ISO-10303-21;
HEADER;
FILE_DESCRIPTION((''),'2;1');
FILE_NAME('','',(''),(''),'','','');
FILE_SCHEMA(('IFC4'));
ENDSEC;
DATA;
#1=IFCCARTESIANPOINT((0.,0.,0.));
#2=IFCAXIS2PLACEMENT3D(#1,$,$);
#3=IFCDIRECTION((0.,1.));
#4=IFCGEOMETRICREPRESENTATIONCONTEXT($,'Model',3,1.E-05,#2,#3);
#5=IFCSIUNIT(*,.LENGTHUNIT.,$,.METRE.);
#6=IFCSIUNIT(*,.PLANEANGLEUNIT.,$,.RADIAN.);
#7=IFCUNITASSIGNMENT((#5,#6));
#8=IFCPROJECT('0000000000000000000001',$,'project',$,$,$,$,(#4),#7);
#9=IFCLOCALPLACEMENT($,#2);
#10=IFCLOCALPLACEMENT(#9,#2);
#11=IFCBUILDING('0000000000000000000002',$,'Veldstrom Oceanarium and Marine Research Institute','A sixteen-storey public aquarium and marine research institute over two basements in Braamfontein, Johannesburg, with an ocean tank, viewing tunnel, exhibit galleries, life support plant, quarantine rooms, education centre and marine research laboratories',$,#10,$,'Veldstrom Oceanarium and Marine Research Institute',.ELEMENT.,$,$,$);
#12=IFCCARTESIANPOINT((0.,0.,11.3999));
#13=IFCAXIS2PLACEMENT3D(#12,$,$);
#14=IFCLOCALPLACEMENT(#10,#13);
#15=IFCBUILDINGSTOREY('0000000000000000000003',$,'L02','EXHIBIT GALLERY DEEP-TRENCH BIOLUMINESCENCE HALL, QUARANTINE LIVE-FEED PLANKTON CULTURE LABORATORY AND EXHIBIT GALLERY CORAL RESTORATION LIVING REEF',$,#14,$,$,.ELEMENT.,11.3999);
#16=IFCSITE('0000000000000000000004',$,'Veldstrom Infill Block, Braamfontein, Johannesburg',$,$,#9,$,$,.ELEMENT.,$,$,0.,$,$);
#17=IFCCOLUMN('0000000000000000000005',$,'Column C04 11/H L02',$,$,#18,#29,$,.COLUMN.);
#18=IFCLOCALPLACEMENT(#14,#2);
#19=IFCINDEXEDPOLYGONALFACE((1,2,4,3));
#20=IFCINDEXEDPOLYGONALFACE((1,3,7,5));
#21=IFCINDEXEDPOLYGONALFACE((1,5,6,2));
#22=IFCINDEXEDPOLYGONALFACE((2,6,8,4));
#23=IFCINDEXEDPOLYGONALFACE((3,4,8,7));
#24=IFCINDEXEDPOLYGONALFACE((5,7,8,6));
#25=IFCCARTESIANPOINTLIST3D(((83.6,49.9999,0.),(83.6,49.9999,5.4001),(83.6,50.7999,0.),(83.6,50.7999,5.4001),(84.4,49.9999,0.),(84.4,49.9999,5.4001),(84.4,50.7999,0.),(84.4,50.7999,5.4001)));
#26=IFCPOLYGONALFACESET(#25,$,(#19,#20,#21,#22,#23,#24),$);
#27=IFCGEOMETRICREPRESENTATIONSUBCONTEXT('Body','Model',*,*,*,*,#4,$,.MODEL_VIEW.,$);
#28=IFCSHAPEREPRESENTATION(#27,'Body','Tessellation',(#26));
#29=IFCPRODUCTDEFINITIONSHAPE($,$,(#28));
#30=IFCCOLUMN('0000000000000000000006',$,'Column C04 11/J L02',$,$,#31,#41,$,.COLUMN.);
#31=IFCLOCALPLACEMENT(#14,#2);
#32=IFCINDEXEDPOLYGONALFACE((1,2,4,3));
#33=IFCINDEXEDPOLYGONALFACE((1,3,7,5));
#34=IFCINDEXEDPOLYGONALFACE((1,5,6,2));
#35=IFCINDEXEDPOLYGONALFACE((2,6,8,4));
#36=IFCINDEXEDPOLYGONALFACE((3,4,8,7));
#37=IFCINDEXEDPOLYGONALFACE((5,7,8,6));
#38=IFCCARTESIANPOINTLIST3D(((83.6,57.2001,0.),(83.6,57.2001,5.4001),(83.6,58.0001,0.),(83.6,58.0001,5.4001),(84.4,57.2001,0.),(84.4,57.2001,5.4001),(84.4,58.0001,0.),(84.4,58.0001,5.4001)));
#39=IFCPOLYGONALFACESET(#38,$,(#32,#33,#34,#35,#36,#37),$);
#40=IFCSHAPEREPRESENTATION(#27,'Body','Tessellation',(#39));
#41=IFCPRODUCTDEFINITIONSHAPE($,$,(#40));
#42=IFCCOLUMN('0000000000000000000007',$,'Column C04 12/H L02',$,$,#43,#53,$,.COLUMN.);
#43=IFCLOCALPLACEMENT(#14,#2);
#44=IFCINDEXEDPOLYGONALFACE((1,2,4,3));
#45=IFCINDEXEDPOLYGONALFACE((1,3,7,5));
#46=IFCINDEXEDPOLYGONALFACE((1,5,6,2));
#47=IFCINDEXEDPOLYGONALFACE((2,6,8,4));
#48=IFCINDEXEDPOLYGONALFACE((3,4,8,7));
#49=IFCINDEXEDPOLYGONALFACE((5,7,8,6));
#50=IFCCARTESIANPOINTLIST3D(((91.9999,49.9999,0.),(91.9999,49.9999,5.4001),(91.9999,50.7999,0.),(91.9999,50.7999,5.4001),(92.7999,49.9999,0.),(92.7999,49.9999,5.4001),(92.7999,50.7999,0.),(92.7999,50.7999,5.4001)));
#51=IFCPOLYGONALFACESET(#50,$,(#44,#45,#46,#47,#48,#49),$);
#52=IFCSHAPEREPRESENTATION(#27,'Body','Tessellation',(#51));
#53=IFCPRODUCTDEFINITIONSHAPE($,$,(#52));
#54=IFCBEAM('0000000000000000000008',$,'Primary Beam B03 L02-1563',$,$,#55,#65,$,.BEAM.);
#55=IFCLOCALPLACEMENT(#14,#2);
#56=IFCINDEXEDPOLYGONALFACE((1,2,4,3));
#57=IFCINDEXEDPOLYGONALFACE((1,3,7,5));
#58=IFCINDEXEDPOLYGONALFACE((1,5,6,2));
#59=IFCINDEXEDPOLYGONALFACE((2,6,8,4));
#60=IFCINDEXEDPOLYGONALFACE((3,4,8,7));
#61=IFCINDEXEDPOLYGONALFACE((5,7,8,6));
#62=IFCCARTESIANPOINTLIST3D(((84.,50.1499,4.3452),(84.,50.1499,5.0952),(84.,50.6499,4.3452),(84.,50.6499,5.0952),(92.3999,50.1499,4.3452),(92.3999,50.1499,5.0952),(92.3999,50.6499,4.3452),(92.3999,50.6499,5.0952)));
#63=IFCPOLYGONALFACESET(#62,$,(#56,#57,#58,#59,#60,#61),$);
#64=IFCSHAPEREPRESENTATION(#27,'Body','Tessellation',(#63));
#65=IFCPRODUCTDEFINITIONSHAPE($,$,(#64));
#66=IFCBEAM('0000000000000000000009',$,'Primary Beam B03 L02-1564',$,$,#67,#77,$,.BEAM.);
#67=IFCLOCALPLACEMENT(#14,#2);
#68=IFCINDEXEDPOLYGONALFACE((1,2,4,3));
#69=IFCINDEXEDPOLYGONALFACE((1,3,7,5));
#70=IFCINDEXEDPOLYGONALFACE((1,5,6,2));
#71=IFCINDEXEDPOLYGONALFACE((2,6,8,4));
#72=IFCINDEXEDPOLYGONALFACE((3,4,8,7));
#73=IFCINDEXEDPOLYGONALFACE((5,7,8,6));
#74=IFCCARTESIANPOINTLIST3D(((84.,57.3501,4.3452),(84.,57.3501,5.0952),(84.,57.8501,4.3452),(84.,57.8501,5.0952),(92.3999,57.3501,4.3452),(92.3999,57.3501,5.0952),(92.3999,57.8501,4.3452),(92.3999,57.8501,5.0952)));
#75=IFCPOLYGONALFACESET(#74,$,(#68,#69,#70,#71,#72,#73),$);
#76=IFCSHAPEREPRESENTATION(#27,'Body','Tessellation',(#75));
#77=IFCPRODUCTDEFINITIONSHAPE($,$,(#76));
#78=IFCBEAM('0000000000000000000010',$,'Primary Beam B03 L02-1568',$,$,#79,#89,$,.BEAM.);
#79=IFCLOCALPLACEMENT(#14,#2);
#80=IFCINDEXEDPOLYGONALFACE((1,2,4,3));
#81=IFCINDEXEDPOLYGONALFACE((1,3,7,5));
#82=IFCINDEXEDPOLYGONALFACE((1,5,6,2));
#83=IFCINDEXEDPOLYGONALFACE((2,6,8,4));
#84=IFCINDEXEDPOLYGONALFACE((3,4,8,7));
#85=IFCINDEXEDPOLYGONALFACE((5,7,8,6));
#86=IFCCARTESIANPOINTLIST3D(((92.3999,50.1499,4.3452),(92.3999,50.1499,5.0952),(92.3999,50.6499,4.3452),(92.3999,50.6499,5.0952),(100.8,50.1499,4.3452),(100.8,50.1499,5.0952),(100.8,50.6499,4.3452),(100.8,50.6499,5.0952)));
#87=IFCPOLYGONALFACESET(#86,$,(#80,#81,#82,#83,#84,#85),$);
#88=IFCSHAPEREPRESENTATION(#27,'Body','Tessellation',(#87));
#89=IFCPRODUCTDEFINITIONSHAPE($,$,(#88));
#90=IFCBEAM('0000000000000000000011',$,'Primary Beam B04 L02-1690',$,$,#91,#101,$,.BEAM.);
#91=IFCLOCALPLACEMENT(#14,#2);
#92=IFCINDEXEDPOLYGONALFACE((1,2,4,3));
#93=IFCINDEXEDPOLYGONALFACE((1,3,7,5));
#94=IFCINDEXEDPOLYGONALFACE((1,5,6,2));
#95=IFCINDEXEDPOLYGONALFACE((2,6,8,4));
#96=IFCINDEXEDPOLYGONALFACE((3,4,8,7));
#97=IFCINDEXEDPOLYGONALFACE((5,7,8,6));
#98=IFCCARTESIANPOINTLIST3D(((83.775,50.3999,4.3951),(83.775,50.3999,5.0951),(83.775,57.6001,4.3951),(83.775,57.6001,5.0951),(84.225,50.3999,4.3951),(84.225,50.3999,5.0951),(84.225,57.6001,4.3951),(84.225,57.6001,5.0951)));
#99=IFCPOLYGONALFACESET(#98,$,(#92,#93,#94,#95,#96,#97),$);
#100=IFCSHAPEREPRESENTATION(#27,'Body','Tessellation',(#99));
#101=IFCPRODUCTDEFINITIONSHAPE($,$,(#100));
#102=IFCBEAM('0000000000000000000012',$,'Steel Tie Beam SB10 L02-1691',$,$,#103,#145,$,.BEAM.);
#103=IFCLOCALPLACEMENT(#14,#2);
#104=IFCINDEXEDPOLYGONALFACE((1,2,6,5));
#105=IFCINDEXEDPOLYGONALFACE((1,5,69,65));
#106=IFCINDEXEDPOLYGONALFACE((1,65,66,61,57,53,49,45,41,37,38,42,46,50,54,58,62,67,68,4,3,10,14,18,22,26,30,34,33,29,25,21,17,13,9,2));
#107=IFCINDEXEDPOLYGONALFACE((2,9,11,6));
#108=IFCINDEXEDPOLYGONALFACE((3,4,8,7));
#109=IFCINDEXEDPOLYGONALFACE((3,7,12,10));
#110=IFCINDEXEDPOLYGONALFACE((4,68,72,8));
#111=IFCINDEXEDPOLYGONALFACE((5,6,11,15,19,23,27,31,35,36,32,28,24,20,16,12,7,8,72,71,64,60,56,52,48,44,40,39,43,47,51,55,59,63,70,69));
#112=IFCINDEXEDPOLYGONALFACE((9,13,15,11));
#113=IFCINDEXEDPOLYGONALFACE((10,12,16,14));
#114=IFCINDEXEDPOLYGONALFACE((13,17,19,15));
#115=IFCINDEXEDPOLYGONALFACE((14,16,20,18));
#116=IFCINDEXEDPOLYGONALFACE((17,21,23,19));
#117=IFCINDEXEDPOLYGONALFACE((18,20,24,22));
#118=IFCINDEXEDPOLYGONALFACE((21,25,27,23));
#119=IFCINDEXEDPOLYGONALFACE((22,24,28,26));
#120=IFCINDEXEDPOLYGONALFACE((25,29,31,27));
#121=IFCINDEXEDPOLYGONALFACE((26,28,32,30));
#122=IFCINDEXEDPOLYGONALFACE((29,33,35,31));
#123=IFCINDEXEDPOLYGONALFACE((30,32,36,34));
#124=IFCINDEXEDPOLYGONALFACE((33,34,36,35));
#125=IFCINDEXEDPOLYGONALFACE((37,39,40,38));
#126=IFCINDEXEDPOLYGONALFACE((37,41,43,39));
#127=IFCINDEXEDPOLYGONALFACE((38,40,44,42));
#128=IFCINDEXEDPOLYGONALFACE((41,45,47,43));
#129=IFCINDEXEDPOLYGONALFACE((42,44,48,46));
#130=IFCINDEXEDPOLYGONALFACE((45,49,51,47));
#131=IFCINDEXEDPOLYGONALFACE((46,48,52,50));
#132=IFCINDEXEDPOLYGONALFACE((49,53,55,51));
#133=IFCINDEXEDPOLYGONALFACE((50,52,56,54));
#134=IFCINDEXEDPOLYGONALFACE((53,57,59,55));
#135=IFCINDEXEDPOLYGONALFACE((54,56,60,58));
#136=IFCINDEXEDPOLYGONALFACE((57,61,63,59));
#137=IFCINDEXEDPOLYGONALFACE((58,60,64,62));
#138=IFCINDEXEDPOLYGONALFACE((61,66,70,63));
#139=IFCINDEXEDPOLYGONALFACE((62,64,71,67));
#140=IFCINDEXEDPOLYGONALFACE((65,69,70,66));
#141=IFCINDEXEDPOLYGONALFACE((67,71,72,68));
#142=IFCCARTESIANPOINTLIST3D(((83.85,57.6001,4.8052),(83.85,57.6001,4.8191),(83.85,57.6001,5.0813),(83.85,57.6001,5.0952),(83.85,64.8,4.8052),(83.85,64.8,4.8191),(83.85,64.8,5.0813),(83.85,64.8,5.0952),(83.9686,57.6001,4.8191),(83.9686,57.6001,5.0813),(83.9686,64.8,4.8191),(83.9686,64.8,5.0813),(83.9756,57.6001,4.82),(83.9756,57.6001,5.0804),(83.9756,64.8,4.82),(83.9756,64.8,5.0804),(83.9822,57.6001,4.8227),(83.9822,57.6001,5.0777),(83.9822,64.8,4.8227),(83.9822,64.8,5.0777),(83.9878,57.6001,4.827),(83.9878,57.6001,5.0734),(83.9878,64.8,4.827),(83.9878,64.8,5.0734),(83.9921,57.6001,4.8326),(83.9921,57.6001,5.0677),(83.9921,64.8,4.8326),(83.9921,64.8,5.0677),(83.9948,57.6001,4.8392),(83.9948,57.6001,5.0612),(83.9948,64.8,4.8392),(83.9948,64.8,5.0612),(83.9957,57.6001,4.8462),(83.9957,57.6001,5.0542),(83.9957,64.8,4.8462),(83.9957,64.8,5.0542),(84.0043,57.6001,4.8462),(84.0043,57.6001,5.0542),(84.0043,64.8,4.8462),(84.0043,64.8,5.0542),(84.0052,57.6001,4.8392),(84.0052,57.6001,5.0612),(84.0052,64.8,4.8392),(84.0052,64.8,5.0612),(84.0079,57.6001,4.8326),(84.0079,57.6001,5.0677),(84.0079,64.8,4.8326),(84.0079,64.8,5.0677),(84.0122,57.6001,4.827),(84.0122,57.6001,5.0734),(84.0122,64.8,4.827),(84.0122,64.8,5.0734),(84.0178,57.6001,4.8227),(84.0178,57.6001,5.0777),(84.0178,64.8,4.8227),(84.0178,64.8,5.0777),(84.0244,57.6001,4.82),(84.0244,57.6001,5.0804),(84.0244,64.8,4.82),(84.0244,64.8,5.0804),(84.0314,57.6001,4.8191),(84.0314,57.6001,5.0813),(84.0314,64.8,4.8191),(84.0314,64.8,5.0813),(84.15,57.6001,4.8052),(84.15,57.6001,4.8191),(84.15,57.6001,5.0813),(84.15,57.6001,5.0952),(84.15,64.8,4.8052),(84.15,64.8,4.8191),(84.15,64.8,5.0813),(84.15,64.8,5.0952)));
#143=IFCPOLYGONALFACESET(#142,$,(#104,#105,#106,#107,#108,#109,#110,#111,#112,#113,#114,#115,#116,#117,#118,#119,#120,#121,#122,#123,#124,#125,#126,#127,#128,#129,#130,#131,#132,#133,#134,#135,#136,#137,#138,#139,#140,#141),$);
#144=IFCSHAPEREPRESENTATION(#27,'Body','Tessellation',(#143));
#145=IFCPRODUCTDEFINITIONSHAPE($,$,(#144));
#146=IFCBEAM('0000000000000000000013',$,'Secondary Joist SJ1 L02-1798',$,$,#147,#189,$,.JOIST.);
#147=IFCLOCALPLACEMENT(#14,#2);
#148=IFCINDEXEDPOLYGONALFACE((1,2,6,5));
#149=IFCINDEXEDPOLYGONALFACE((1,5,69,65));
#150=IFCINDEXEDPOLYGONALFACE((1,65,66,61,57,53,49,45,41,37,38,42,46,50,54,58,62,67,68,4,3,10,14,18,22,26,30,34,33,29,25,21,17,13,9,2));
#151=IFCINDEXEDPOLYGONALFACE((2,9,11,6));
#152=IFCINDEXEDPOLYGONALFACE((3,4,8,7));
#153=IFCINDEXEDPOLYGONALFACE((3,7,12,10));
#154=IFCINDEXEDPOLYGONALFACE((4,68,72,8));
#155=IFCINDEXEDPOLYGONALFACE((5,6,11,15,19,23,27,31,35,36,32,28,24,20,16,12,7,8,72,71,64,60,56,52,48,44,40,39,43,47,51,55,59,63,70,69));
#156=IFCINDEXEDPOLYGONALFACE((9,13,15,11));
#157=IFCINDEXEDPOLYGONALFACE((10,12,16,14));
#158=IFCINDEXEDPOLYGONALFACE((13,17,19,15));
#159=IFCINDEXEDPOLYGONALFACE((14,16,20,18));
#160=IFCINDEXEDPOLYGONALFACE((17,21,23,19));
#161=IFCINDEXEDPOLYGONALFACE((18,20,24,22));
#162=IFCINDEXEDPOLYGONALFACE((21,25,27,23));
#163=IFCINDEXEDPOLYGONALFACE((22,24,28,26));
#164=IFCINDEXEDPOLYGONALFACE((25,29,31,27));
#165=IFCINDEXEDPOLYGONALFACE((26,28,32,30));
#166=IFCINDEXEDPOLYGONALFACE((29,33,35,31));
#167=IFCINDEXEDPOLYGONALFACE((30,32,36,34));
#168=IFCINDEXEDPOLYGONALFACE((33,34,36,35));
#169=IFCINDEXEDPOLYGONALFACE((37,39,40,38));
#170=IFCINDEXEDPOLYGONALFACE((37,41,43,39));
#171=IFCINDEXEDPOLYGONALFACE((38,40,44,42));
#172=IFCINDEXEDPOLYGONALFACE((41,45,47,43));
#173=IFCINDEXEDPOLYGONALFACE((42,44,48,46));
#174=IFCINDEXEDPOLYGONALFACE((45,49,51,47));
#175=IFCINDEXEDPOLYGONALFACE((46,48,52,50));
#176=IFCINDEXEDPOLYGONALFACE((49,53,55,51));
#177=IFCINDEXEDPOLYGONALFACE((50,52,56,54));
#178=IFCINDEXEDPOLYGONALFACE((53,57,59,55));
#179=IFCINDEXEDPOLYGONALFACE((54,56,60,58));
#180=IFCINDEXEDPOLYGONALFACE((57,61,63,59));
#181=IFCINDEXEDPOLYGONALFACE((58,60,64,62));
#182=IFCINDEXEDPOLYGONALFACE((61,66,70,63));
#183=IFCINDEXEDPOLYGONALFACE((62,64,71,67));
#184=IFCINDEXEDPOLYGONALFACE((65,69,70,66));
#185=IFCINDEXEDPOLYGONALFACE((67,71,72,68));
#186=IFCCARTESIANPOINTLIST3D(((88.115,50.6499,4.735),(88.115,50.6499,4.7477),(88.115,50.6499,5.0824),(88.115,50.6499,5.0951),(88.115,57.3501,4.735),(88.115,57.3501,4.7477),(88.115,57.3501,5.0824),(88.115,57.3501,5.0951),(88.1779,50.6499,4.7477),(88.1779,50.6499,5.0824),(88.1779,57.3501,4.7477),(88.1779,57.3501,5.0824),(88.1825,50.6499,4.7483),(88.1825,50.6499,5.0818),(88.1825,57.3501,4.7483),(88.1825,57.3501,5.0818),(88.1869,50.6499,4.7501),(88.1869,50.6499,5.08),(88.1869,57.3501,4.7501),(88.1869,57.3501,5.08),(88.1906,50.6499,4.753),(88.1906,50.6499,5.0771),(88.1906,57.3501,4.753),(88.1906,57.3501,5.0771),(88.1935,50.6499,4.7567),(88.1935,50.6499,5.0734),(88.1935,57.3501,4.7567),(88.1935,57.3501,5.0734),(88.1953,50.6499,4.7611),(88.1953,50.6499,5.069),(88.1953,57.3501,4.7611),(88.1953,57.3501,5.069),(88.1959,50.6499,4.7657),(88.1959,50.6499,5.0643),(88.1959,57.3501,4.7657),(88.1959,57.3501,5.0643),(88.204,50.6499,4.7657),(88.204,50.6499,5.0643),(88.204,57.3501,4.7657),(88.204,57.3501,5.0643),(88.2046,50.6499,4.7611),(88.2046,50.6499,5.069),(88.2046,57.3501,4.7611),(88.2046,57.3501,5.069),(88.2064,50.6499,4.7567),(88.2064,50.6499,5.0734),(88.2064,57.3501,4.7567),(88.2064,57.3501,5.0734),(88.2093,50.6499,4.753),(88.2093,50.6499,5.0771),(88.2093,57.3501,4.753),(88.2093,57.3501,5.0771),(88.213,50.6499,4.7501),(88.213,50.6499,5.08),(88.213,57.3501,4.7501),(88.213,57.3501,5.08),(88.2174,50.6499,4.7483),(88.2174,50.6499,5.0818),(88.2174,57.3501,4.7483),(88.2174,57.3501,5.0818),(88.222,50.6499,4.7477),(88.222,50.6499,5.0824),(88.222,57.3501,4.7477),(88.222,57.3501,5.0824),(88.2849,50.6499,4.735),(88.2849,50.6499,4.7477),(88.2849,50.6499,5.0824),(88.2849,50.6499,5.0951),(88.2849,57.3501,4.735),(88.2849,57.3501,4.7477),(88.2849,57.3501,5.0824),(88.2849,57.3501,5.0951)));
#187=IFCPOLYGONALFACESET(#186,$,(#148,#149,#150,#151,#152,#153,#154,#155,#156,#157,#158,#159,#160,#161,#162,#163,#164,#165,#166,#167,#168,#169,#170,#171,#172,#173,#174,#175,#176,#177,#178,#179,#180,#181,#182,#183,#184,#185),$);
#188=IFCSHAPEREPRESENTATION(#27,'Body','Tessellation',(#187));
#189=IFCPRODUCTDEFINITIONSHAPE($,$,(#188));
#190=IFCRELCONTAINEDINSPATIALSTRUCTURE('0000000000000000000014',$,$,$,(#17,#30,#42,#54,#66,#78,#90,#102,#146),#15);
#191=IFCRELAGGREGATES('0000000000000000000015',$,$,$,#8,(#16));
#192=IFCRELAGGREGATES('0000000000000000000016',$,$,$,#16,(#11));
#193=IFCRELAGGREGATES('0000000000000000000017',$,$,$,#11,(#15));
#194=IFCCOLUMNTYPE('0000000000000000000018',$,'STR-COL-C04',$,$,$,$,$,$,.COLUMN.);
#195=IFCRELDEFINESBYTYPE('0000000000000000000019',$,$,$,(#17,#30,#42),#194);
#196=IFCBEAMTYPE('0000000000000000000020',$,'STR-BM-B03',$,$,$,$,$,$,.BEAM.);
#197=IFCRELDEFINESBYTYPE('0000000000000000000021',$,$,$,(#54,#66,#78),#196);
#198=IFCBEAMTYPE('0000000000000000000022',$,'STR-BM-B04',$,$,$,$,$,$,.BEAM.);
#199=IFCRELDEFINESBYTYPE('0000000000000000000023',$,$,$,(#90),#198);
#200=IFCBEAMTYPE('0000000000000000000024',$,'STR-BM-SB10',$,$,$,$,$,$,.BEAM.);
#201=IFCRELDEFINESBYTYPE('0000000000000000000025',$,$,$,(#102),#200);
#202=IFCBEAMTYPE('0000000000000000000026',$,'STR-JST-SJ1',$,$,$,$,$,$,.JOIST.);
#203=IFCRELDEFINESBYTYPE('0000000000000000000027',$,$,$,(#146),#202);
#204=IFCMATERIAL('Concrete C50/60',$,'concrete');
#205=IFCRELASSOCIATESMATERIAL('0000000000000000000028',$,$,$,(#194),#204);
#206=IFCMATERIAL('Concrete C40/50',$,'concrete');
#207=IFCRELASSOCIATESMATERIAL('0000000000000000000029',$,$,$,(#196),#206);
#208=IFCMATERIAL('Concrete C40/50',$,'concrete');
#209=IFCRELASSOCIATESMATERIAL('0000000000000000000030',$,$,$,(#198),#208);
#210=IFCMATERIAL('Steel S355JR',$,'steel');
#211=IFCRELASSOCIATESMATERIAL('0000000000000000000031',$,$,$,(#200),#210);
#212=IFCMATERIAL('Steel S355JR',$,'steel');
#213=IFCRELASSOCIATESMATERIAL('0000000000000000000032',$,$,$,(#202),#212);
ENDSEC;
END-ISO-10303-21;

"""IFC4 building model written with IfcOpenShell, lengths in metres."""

from ifc_helpers import new_model, si_unit, direction, frame, origin, origin_2d, place, context, subcontext, project, spatial, rectangle, i_section, extrude, material, material_profile, profile_set, type_object, element, save


model = new_model("IFC4")

# Units and contexts
model_context = context("Model", 3, precision=1e-05, world=origin(), true_north=direction((0.0, 1.0)))
body_context = subcontext(model_context, "Body", "Model", "MODEL_VIEW")
ifc_project = project(units=[si_unit("LENGTHUNIT", "METRE"), si_unit("PLANEANGLEUNIT", "RADIAN")], contexts=[model_context])

# Site, building, storey
site_placement = place(None, origin())
site = spatial("IfcSite", under=ifc_project, at=site_placement, Name="Veldstrom Infill Block, Braamfontein, Johannesburg", CompositionType="ELEMENT", RefElevation=0.0)
building_placement = place(site_placement, origin())
building = spatial("IfcBuilding", under=site, at=building_placement, Name="Veldstrom Oceanarium and Marine Research Institute", Description="A sixteen-storey public aquarium and marine research institute over two basements in Braamfontein, Johannesburg, with an ocean tank, viewing tunnel, exhibit galleries, life support plant, quarantine rooms, education centre and marine research laboratories", LongName="Veldstrom Oceanarium and Marine Research Institute", CompositionType="ELEMENT")
storey_placement = place(building_placement, frame((0.0, 0.0, 11.3999)))
storey = spatial("IfcBuildingStorey", under=building, at=storey_placement, Name="L02", Description="EXHIBIT GALLERY DEEP-TRENCH BIOLUMINESCENCE HALL, QUARANTINE LIVE-FEED PLANKTON CULTURE LABORATORY AND EXHIBIT GALLERY CORAL RESTORATION LIVING REEF", CompositionType="ELEMENT", Elevation=11.3999)

# Columns
ifc_material_1 = material(Name="Concrete C50/60", Category="concrete")
ifc_material_profile_1 = material_profile(ifc_material_1, rectangle(XDim=0.8, YDim=0.8, at=origin_2d()), Name="RC-COL-800x800")
ifc_profile_set_1 = profile_set([ifc_material_profile_1], Name="Concrete C50/60")
column_type = type_object("IfcColumnType", Name="STR-COL-C04", PredefinedType="COLUMN", material=ifc_profile_set_1)
for number, where, z_axis, x_axis, name in (
    (1, (84.0, 50.3999, 0.0), (0.0, 0.0, 1.0), (1.0, 0.0, 0.0), "Column C04 11/H L02"),
    (2, (84.0, 57.6001, 0.0), (0.0, 0.0, 1.0), (1.0, 0.0, 0.0), "Column C04 11/J L02"),
    (3, (92.3999, 50.3999, 0.0), (0.0, 0.0, 1.0), (1.0, 0.0, 0.0), "Column C04 12/H L02"),
):
    element("IfcColumn", number, at=place(storey_placement, frame(where, z_axis=z_axis, x_axis=x_axis)), inside=storey, type_object=column_type, Name=name, PredefinedType="COLUMN", context=body_context, shape_type="SweptSolid", body=[
        extrude(rectangle(XDim=0.8, YDim=0.8, at=origin_2d()), origin(), (0.0, 0.0, 1.0), 5.4001),
    ])

# Beams
ifc_material_2 = material(Name="Concrete C40/50", Category="concrete")
ifc_material_profile_2 = material_profile(ifc_material_2, rectangle(XDim=0.5, YDim=0.75, at=origin_2d()), Name="RC-BM-500x750")
ifc_profile_set_2 = profile_set([ifc_material_profile_2], Name="Concrete C40/50")
beam_type_1 = type_object("IfcBeamType", Name="STR-BM-B03", PredefinedType="BEAM", material=ifc_profile_set_2)
for number, where, z_axis, x_axis, name in (
    (4, (84.0, 50.3999, 4.7202), (1.0, 0.0, 0.0), (0.0, 1.0, 0.0), "Primary Beam B03 L02-1563"),
    (5, (84.0, 57.6001, 4.7202), (1.0, 0.0, 0.0), (0.0, 1.0, 0.0), "Primary Beam B03 L02-1564"),
):
    element("IfcBeam", number, at=place(storey_placement, frame(where, z_axis=z_axis, x_axis=x_axis)), inside=storey, type_object=beam_type_1, Name=name, PredefinedType="BEAM", context=body_context, shape_type="SweptSolid", body=[
        extrude(rectangle(XDim=0.5, YDim=0.75, at=origin_2d()), origin(), (0.0, 0.0, 1.0), 8.3999),
    ])
beam_1_placement = place(storey_placement, frame((92.3999, 50.3999, 4.7202), z_axis=(1.0, 0.0, 0.0), x_axis=(0.0, 1.0, 0.0)))
element("IfcBeam", 6, at=beam_1_placement, inside=storey, type_object=beam_type_1, Name="Primary Beam B03 L02-1568", PredefinedType="BEAM", context=body_context, shape_type="SweptSolid", body=[
    extrude(rectangle(XDim=0.5, YDim=0.75, at=origin_2d()), origin(), (0.0, 0.0, 1.0), 8.4001),
])
ifc_material_3 = material(Name="Concrete C40/50", Category="concrete")
ifc_material_profile_3 = material_profile(ifc_material_3, rectangle(XDim=0.45, YDim=0.7, at=origin_2d()), Name="RC-BM-450x700")
ifc_profile_set_3 = profile_set([ifc_material_profile_3], Name="Concrete C40/50")
beam_type_2 = type_object("IfcBeamType", Name="STR-BM-B04", PredefinedType="BEAM", material=ifc_profile_set_3)
beam_2_placement = place(storey_placement, frame((84.0, 50.3999, 4.7451), z_axis=(0.0, 1.0, 0.0), x_axis=(-1.0, 0.0, 0.0)))
element("IfcBeam", 7, at=beam_2_placement, inside=storey, type_object=beam_type_2, Name="Primary Beam B04 L02-1690", PredefinedType="BEAM", context=body_context, shape_type="SweptSolid", body=[
    extrude(rectangle(XDim=0.45, YDim=0.7, at=origin_2d()), origin(), (0.0, 0.0, 1.0), 7.2002),
])
ifc_material_4 = material(Name="Steel S355JR", Category="steel")
ifc_material_profile_4 = material_profile(ifc_material_4, i_section(OverallWidth=0.3, OverallDepth=0.29, WebThickness=0.0085, FlangeThickness=0.0139, FilletRadius=0.0271, at=origin_2d()), Name="HEA 300")
ifc_profile_set_4 = profile_set([ifc_material_profile_4], Name="Steel S355JR")
beam_type_3 = type_object("IfcBeamType", Name="STR-BM-SB10", PredefinedType="BEAM", material=ifc_profile_set_4)
beam_3_placement = place(storey_placement, frame((84.0, 57.6001, 4.9502), z_axis=(0.0, 1.0, 0.0), x_axis=(-1.0, 0.0, 0.0)))
element("IfcBeam", 8, at=beam_3_placement, inside=storey, type_object=beam_type_3, Name="Steel Tie Beam SB10 L02-1691", PredefinedType="BEAM", context=body_context, shape_type="SweptSolid", body=[
    extrude(i_section(OverallWidth=0.3, OverallDepth=0.29, WebThickness=0.0085, FlangeThickness=0.0139, FilletRadius=0.0271, at=origin_2d()), origin(), (0.0, 0.0, 1.0), 7.2),
])
ifc_material_5 = material(Name="Steel S355JR", Category="steel")
ifc_material_profile_5 = material_profile(ifc_material_5, i_section(OverallWidth=0.1699, OverallDepth=0.3601, WebThickness=0.0081, FlangeThickness=0.0127, FilletRadius=0.0181, at=origin_2d()), Name="IPE 360")
ifc_profile_set_5 = profile_set([ifc_material_profile_5], Name="Steel S355JR")
beam_type_4 = type_object("IfcBeamType", Name="STR-JST-SJ1", PredefinedType="JOIST", material=ifc_profile_set_5)
beam_4_placement = place(storey_placement, frame((88.2, 50.6499, 4.915), z_axis=(0.0, 1.0, 0.0), x_axis=(-1.0, 0.0, 0.0)))
element("IfcBeam", 9, at=beam_4_placement, inside=storey, type_object=beam_type_4, Name="Secondary Joist SJ1 L02-1798", PredefinedType="JOIST", context=body_context, shape_type="SweptSolid", body=[
    extrude(i_section(OverallWidth=0.1699, OverallDepth=0.3601, WebThickness=0.0081, FlangeThickness=0.0127, FilletRadius=0.0181, at=origin_2d()), origin(), (0.0, 0.0, 1.0), 6.7002),
])

save(model, "model.ifc")
